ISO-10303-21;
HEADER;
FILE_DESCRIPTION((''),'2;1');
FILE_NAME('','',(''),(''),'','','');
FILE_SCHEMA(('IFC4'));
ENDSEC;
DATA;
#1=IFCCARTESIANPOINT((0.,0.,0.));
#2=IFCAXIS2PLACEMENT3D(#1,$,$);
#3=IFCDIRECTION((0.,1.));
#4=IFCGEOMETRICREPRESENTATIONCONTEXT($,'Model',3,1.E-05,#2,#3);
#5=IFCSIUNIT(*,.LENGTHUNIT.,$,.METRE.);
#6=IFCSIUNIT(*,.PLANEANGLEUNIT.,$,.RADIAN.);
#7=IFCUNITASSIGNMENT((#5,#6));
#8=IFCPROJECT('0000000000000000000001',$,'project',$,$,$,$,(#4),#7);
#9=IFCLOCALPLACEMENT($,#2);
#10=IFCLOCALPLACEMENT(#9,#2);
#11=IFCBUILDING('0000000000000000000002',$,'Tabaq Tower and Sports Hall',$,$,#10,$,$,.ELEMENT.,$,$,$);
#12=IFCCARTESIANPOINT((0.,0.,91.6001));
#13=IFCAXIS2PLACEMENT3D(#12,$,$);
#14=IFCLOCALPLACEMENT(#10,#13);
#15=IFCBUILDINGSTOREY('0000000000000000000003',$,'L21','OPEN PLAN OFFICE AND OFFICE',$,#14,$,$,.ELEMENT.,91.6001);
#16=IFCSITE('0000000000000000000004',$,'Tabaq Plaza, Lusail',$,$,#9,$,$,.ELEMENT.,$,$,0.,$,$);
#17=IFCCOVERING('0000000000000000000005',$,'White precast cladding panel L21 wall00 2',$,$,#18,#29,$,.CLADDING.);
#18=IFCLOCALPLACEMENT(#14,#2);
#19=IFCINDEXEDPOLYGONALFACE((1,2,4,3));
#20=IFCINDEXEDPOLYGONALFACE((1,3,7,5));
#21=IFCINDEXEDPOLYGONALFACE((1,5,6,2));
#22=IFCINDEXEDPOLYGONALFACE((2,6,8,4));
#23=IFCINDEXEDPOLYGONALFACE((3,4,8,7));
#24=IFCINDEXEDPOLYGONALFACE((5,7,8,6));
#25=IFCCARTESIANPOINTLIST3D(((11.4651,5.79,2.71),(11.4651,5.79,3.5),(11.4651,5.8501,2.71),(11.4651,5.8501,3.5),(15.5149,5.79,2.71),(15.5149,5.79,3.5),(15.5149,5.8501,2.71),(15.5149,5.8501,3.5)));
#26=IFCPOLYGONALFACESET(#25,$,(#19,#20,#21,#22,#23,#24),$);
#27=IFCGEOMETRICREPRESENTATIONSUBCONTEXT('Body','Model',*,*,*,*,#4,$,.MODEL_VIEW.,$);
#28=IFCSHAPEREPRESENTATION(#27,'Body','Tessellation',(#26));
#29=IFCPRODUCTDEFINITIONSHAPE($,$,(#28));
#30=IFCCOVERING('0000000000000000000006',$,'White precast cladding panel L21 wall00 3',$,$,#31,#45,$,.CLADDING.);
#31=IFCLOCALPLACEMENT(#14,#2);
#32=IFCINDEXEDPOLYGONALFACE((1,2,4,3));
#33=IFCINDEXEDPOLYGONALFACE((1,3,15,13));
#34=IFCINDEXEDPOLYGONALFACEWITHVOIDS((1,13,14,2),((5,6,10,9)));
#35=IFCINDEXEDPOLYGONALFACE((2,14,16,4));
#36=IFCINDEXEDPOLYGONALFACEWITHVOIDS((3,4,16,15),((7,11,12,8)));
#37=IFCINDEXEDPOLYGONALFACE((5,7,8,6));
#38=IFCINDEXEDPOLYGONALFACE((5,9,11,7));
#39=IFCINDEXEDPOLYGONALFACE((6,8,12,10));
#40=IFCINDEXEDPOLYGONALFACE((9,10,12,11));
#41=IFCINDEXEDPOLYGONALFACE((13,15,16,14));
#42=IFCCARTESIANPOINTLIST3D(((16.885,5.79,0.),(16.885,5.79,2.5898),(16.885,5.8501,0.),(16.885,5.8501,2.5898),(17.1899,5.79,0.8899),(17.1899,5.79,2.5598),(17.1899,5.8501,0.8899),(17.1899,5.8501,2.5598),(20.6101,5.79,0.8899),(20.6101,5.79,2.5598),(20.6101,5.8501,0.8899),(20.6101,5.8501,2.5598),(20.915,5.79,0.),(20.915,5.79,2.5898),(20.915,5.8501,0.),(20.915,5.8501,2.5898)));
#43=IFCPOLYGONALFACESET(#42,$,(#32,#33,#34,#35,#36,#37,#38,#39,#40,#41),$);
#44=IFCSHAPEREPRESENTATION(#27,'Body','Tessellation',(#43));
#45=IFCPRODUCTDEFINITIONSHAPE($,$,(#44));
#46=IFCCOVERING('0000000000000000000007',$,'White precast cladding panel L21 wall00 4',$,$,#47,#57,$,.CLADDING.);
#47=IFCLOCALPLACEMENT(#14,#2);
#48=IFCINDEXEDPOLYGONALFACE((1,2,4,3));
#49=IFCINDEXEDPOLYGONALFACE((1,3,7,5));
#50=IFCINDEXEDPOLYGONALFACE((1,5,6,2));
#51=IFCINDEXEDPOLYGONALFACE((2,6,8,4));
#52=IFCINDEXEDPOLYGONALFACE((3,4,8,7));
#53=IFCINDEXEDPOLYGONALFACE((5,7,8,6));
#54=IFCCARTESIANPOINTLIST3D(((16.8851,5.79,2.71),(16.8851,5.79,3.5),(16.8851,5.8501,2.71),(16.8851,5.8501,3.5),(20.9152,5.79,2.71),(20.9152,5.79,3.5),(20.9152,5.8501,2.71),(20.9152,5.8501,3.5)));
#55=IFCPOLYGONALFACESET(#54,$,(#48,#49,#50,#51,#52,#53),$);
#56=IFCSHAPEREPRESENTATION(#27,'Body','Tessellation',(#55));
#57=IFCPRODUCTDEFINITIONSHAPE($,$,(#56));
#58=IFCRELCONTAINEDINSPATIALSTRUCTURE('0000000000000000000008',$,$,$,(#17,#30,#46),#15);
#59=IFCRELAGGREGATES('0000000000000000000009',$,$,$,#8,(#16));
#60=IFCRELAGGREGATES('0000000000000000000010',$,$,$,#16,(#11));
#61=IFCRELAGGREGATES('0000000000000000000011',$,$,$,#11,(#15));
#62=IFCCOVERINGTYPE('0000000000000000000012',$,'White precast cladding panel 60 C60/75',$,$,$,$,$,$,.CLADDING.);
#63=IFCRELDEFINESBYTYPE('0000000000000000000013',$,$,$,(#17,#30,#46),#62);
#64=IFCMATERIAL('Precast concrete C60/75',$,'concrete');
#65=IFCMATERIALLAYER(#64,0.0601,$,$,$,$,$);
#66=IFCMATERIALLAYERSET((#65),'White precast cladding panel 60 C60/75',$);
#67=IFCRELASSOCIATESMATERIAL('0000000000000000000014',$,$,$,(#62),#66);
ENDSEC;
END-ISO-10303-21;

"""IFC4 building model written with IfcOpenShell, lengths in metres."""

from ifc_helpers import new_model, si_unit, direction, frame, frame_2d, origin, place, context, subcontext, project, spatial, polyline, rectangle, outline, extrude, material, layer, layer_set, type_object, element, save


model = new_model("IFC4")

# Units and contexts
model_context = context("Model", 3, precision=1e-05, world=origin(), true_north=direction((0.0, 1.0)))
body_context = subcontext(model_context, "Body", "Model", "MODEL_VIEW")
ifc_project = project(units=[si_unit("LENGTHUNIT", "METRE"), si_unit("PLANEANGLEUNIT", "RADIAN")], contexts=[model_context])

# Site, building, storey
site_placement = place(None, origin())
site = spatial("IfcSite", under=ifc_project, at=site_placement, Name="Tabaq Plaza, Lusail", CompositionType="ELEMENT", RefElevation=0.0)
building_placement = place(site_placement, origin())
building = spatial("IfcBuilding", under=site, at=building_placement, Name="Tabaq Tower and Sports Hall", CompositionType="ELEMENT")
storey_placement = place(building_placement, frame((0.0, 0.0, 91.6001)))
storey = spatial("IfcBuildingStorey", under=building, at=storey_placement, Name="L21", Description="OPEN PLAN OFFICE AND OFFICE", CompositionType="ELEMENT", Elevation=91.6001)

# Coverings
ifc_material_1 = material(Name="Precast concrete C60/75", Category="concrete")
ifc_layer_1 = layer(ifc_material_1, 0.0601)
ifc_layer_set_1 = layer_set([ifc_layer_1], Name="White precast cladding panel 60 C60/75")
covering_type = type_object("IfcCoveringType", Name="White precast cladding panel 60 C60/75", PredefinedType="CLADDING", material=ifc_layer_set_1)
covering_1_placement = place(storey_placement, frame((11.4651, 5.8201, 2.71), z_axis=(0.0, 0.0, 1.0), x_axis=(1.0, 0.0, 0.0)))
element("IfcCovering", 1, at=covering_1_placement, inside=storey, type_object=covering_type, Name="White precast cladding panel L21 wall00 2", PredefinedType="CLADDING", context=body_context, shape_type="SweptSolid", body=[
    extrude(rectangle(XDim=4.0498, YDim=0.0601, at=frame_2d((2.0249, 0.0))), origin(), (0.0, 0.0, 1.0), 0.79),
])
covering_2_placement = place(storey_placement, frame((16.885, 5.8201, 0.0), z_axis=(0.0, 0.0, 1.0), x_axis=(1.0, 0.0, 0.0)))
element("IfcCovering", 2, at=covering_2_placement, inside=storey, type_object=covering_type, Name="White precast cladding panel L21 wall00 3", PredefinedType="CLADDING", context=body_context, shape_type="SweptSolid", body=[
    extrude(outline(polyline([(0.0, 0.0), (4.03, 0.0), (4.03, 2.5898), (0.0, 2.5898), (0.0, 0.0)]), holes=[polyline([(3.7251, 0.8899), (0.3049, 0.8899), (0.3049, 2.5598), (3.7251, 2.5598), (3.7251, 0.8899)])]), frame((0.0, 0.03, 0.0), z_axis=(0.0, -1.0, 0.0), x_axis=(1.0, 0.0, 0.0)), (0.0, 0.0, 1.0), 0.0601),
])
covering_3_placement = place(storey_placement, frame((16.885, 5.8201, 2.71), z_axis=(0.0, 0.0, 1.0), x_axis=(1.0, 0.0, 0.0)))
element("IfcCovering", 3, at=covering_3_placement, inside=storey, type_object=covering_type, Name="White precast cladding panel L21 wall00 4", PredefinedType="CLADDING", context=body_context, shape_type="SweptSolid", body=[
    extrude(rectangle(XDim=4.03, YDim=0.0601, at=frame_2d((2.0151, 0.0))), origin(), (0.0, 0.0, 1.0), 0.79),
])

save(model, "model.ifc")
